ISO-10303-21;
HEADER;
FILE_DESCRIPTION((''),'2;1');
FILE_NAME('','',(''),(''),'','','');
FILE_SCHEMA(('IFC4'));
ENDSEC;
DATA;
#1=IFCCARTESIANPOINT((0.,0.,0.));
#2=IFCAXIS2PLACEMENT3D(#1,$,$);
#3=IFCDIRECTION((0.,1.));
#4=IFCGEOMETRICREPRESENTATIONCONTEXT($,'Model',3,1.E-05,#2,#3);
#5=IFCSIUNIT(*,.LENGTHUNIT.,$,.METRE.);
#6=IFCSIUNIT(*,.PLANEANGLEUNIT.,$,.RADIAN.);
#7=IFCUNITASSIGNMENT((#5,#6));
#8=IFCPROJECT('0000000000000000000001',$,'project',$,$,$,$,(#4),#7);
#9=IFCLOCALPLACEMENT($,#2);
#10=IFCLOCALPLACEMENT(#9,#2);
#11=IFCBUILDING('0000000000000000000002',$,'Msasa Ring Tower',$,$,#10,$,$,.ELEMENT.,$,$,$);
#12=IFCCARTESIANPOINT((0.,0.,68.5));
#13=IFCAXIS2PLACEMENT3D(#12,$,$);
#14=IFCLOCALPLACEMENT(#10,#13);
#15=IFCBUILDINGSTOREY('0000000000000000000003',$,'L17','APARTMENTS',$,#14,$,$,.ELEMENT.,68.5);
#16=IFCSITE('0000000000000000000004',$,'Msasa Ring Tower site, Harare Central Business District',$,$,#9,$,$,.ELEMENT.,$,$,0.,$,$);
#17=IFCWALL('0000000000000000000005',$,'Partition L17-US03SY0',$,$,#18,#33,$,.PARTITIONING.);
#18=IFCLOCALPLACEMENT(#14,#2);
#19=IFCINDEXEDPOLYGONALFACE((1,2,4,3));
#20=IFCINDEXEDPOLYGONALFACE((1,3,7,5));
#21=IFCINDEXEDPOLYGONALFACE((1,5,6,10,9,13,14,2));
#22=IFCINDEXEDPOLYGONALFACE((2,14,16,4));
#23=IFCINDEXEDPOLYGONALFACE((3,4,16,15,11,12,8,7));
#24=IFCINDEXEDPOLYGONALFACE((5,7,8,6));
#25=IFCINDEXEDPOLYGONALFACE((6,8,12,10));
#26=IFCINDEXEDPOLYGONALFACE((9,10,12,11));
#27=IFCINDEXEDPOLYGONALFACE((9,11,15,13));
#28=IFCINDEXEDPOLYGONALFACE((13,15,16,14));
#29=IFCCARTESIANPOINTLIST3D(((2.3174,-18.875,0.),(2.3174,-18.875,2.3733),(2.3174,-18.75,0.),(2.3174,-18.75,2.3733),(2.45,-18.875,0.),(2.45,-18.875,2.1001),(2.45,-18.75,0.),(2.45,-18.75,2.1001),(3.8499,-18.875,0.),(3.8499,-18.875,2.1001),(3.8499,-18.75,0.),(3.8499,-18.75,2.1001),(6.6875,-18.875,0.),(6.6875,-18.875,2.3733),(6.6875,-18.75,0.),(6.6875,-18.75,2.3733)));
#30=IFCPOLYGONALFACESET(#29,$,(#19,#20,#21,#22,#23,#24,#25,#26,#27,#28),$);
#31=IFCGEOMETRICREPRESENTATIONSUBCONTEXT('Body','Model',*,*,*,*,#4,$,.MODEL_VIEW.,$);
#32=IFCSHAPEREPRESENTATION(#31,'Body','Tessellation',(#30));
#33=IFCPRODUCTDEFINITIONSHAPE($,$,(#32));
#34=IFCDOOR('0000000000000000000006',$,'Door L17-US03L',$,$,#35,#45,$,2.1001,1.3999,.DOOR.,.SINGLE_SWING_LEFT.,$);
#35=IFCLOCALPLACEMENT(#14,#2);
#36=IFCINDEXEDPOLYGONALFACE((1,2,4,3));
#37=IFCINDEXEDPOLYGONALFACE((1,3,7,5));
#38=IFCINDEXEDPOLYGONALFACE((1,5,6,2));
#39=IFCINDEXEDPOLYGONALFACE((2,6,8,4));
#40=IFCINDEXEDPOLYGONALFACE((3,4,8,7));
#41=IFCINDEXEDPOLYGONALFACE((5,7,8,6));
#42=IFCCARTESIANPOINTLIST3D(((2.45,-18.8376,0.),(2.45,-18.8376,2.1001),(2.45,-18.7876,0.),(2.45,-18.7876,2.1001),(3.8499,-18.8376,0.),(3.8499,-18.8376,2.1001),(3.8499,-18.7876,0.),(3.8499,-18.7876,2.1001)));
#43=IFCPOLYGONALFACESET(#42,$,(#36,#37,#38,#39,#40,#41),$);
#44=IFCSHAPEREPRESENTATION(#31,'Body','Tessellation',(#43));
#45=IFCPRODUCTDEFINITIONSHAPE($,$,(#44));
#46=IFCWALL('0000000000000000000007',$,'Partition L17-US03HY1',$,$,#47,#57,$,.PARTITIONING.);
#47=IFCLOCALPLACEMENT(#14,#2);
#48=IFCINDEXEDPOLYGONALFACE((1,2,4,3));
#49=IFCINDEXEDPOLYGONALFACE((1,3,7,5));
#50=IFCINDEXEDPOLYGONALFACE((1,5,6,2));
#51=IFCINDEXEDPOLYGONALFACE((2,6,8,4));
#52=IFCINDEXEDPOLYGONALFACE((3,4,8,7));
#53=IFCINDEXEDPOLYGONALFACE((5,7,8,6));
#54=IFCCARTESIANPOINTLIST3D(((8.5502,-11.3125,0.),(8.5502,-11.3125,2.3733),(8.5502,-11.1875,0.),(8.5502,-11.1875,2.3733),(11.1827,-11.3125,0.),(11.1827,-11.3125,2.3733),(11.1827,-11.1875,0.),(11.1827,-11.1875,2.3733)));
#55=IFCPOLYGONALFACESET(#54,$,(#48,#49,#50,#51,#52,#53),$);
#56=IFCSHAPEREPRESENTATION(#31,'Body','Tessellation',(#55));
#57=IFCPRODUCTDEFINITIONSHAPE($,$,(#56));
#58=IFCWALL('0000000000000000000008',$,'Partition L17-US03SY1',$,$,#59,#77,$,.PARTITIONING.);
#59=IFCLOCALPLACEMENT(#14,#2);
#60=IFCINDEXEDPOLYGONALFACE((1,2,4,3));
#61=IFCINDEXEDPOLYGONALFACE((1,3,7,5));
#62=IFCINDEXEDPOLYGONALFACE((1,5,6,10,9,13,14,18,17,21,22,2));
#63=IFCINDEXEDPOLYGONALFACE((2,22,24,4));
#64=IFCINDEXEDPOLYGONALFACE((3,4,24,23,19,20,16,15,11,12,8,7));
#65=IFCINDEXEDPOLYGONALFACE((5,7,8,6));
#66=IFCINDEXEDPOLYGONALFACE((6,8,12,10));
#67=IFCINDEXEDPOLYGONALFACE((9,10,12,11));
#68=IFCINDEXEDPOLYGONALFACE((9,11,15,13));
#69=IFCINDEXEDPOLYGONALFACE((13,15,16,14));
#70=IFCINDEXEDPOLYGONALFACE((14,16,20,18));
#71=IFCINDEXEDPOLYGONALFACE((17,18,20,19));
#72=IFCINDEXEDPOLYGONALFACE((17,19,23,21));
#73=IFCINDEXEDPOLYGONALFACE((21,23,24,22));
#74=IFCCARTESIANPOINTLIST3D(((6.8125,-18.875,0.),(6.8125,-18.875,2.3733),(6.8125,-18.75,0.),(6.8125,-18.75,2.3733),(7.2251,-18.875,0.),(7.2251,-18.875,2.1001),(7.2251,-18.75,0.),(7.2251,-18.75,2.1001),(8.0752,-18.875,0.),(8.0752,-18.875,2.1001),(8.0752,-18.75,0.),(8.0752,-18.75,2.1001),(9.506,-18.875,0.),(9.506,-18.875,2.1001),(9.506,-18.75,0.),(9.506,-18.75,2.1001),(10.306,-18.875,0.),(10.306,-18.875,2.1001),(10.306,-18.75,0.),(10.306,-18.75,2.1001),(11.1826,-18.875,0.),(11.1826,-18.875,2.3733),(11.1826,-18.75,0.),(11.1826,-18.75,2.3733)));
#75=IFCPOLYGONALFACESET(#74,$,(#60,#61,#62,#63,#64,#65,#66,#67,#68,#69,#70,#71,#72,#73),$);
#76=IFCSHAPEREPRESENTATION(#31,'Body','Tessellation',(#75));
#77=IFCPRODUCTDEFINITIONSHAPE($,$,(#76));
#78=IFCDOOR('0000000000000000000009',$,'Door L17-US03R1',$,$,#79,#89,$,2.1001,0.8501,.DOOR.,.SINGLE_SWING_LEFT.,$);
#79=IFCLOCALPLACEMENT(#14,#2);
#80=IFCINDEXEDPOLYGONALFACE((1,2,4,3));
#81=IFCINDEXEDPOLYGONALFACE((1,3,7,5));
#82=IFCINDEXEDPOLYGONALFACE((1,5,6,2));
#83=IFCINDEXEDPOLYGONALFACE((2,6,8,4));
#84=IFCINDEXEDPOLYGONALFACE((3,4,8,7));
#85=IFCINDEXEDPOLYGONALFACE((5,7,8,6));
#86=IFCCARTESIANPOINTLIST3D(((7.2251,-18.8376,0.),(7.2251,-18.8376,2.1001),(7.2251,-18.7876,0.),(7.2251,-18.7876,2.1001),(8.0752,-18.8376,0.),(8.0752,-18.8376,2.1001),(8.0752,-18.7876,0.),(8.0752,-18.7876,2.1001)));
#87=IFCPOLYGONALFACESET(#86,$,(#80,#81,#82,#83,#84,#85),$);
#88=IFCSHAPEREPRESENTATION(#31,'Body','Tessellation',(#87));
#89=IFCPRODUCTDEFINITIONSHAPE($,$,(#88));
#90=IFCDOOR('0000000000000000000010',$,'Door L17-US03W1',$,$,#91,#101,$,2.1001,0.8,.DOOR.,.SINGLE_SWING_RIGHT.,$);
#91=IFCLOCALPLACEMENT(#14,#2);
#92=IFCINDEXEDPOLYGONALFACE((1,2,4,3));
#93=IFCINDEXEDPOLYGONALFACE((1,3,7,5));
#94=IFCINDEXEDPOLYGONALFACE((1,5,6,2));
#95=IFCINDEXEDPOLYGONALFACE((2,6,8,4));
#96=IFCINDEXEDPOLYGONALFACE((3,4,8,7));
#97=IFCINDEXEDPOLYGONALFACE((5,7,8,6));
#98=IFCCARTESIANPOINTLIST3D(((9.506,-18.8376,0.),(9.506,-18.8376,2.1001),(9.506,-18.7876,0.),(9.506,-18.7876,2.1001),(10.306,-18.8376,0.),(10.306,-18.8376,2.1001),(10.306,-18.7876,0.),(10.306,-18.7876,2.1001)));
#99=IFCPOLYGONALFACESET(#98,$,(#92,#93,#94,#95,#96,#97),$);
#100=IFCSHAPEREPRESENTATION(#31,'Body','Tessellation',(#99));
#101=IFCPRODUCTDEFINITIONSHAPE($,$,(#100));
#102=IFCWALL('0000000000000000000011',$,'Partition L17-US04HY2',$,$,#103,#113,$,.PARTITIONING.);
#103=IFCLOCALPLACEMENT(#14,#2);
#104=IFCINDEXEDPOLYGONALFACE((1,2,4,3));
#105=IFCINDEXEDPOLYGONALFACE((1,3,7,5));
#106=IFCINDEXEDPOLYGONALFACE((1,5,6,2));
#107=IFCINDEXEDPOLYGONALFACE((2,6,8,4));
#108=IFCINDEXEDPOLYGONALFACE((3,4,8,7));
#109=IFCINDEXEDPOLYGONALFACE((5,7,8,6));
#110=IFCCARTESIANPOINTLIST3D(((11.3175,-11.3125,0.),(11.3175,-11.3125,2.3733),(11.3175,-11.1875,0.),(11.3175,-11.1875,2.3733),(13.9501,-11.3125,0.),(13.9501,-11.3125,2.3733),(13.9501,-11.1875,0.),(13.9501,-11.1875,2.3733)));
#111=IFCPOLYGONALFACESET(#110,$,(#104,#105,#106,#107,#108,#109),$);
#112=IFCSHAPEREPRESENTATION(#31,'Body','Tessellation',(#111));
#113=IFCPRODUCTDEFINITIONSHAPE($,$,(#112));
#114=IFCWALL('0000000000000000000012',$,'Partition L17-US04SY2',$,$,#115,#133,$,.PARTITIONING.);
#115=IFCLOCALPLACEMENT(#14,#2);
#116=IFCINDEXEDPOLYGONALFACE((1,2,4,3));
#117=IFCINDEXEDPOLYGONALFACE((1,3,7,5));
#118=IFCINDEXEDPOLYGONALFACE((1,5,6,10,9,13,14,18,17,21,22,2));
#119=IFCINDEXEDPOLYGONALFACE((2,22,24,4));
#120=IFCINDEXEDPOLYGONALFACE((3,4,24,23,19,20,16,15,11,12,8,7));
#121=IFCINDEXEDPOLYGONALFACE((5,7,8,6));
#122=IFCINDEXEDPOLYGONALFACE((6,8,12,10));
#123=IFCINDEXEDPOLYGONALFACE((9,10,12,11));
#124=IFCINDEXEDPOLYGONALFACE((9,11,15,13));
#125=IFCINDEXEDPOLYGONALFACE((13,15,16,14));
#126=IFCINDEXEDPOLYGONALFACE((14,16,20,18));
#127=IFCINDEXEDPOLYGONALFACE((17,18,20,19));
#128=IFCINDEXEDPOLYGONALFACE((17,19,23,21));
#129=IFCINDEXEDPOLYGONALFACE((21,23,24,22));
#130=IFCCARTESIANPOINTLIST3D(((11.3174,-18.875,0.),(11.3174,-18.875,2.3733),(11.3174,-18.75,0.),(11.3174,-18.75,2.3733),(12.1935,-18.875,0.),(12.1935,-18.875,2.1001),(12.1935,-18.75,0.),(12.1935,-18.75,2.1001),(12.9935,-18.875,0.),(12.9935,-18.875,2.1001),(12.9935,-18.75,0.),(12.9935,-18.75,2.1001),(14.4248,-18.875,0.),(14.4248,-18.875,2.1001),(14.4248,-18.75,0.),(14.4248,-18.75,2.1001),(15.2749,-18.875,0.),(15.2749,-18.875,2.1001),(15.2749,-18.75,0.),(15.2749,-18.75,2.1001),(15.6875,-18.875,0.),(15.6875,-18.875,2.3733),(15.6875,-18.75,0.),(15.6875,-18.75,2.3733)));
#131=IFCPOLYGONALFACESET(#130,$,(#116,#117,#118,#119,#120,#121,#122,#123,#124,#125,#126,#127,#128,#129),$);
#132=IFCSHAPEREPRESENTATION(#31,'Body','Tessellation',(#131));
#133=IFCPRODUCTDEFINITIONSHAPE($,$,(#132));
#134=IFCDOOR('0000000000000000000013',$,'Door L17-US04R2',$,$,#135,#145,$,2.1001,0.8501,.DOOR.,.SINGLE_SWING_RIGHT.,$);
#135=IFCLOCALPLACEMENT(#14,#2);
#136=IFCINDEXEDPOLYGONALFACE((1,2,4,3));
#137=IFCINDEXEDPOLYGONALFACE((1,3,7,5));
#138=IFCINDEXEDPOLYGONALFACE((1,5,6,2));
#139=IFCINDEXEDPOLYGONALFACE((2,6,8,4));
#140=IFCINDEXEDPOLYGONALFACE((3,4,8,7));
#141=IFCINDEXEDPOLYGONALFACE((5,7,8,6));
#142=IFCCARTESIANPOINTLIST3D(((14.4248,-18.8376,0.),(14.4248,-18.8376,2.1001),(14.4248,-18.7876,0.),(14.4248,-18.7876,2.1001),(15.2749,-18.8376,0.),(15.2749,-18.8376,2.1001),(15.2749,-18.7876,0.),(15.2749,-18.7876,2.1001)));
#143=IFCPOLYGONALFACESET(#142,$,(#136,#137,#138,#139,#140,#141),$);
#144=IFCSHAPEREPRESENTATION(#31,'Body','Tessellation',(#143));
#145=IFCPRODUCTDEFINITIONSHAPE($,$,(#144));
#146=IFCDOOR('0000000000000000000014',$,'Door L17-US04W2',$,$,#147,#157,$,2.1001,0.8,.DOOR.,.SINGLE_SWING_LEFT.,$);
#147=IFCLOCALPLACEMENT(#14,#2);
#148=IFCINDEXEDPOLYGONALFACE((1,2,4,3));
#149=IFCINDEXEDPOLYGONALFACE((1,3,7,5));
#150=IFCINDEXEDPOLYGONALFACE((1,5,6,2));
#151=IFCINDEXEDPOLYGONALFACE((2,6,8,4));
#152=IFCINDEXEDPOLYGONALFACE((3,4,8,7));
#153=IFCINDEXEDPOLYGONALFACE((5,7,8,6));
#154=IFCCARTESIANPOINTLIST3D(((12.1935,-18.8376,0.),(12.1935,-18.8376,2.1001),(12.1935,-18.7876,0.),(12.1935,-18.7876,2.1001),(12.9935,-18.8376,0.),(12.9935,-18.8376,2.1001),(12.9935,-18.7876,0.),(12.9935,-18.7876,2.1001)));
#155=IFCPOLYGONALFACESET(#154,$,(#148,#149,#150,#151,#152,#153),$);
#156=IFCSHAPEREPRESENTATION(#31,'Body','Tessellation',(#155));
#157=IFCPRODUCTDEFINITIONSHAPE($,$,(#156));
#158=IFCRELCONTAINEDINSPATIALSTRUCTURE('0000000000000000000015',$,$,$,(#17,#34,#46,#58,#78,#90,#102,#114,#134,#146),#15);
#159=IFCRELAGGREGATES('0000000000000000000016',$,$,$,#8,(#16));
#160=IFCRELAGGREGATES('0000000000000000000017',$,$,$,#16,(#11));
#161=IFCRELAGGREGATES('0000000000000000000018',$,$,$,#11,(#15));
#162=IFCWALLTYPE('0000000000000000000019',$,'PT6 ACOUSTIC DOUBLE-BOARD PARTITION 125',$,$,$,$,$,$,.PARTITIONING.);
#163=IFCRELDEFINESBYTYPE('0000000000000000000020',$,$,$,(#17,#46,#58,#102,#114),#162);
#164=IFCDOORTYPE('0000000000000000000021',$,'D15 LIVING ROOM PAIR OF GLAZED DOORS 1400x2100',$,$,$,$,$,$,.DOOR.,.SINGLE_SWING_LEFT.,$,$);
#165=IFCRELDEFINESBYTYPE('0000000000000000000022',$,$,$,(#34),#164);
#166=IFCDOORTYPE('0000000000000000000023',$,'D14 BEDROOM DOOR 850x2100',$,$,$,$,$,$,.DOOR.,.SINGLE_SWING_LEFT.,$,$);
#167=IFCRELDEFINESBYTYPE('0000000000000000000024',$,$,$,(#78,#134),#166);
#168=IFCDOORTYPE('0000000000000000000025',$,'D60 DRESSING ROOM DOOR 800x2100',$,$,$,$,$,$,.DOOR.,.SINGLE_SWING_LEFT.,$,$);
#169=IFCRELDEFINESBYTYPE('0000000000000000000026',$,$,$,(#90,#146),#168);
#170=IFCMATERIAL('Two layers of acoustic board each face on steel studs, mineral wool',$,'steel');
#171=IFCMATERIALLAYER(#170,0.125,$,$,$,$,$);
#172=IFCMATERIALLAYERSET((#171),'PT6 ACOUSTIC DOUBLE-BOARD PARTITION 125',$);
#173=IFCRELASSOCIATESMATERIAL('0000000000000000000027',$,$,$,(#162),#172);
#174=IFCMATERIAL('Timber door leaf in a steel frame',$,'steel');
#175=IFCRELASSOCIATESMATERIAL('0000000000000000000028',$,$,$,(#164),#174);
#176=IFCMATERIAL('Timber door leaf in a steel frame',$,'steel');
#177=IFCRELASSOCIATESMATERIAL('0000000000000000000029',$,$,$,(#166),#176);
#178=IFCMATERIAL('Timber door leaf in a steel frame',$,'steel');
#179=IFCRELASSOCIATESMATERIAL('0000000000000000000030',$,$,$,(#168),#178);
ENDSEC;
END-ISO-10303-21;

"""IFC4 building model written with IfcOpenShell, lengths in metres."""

from ifc_helpers import new_model, si_unit, direction, frame, frame_2d, origin, place, context, subcontext, project, spatial, rectangle, extrude, material, layer, layer_set, type_object, element, fill, save


model = new_model("IFC4")

# Units and contexts
model_context = context("Model", 3, precision=1e-05, world=origin(), true_north=direction((0.0, 1.0)))
body_context = subcontext(model_context, "Body", "Model", "MODEL_VIEW")
ifc_project = project(units=[si_unit("LENGTHUNIT", "METRE"), si_unit("PLANEANGLEUNIT", "RADIAN")], contexts=[model_context])

# Site, building, storey
site_placement = place(None, origin())
site = spatial("IfcSite", under=ifc_project, at=site_placement, Name="Msasa Ring Tower site, Harare Central Business District", CompositionType="ELEMENT", RefElevation=0.0)
building_placement = place(site_placement, origin())
building = spatial("IfcBuilding", under=site, at=building_placement, Name="Msasa Ring Tower", CompositionType="ELEMENT")
storey_placement = place(building_placement, frame((0.0, 0.0, 68.5)))
storey = spatial("IfcBuildingStorey", under=building, at=storey_placement, Name="L17", Description="APARTMENTS", CompositionType="ELEMENT", Elevation=68.5)

# Shared definitions
ifc_material_1 = material(Name="Two layers of acoustic board each face on steel studs, mineral wool", Category="steel")
ifc_layer_1 = layer(ifc_material_1, 0.125)
ifc_layer_set_1 = layer_set([ifc_layer_1], Name="PT6 ACOUSTIC DOUBLE-BOARD PARTITION 125")
wall_type_1 = type_object("IfcWallType", Name="PT6 ACOUSTIC DOUBLE-BOARD PARTITION 125", PredefinedType="PARTITIONING", material=ifc_layer_set_1)

# Wall, opening, door
wall_1_placement = place(storey_placement, frame((2.3174, -18.8125, 0.0), z_axis=(0.0, 0.0, 1.0), x_axis=(1.0, 0.0, 0.0)))
wall_1 = element("IfcWall", 1, at=wall_1_placement, inside=storey, type_object=wall_type_1, Name="Partition L17-US03SY0", PredefinedType="PARTITIONING", context=body_context, shape_type="SweptSolid", body=[
    extrude(rectangle(XDim=4.3701, YDim=0.125, at=frame_2d((2.1851, 0.0))), origin(), (0.0, 0.0, 1.0), 2.3733),
])
opening_1_placement = place(wall_1_placement, frame((0.1326, 0.0, 0.0)))
opening_1 = element("IfcOpeningElement", 2, at=opening_1_placement, cuts=wall_1, PredefinedType="OPENING", context=body_context, shape_type="SweptSolid", body=[
    extrude(rectangle(XDim=1.3999, YDim=2.1001, at=frame_2d((0.7, 1.05))), frame((0.0, 0.0725, 0.0), z_axis=(0.0, -1.0, 0.0), x_axis=(1.0, 0.0, 0.0)), (0.0, 0.0, 1.0), 0.145),
])
ifc_material_2 = material(Name="Timber door leaf in a steel frame", Category="steel")
door_type_1 = type_object("IfcDoorType", Name="D15 LIVING ROOM PAIR OF GLAZED DOORS 1400x2100", OperationType="SINGLE_SWING_LEFT", PredefinedType="DOOR", material=ifc_material_2)
door_1_placement = place(opening_1_placement, origin())
door_1 = element("IfcDoor", 3, at=door_1_placement, inside=storey, type_object=door_type_1, Name="Door L17-US03L", OperationType="SINGLE_SWING_LEFT", OverallHeight=2.1001, OverallWidth=1.3999, PredefinedType="DOOR", context=body_context, shape_type="SweptSolid", body=[
    extrude(rectangle(XDim=1.3999, YDim=2.1001, at=frame_2d((0.7, 1.05))), frame((0.0, 0.0249, 0.0), z_axis=(0.0, -1.0, 0.0), x_axis=(1.0, 0.0, 0.0)), (0.0, 0.0, 1.0), 0.05),
])
fill(opening_1, door_1)

# Wall
wall_2_placement = place(storey_placement, frame((8.55, -11.25, 0.0), z_axis=(0.0, 0.0, 1.0), x_axis=(1.0, 0.0, 0.0)))
element("IfcWall", 4, at=wall_2_placement, inside=storey, type_object=wall_type_1, Name="Partition L17-US03HY1", PredefinedType="PARTITIONING", context=body_context, shape_type="SweptSolid", body=[
    extrude(rectangle(XDim=2.6326, YDim=0.125, at=frame_2d((1.3164, 0.0))), origin(), (0.0, 0.0, 1.0), 2.3733),
])

# Wall, openings, doors
wall_3_placement = place(storey_placement, frame((6.8125, -18.8125, 0.0), z_axis=(0.0, 0.0, 1.0), x_axis=(1.0, 0.0, 0.0)))
wall_3 = element("IfcWall", 5, at=wall_3_placement, inside=storey, type_object=wall_type_1, Name="Partition L17-US03SY1", PredefinedType="PARTITIONING", context=body_context, shape_type="SweptSolid", body=[
    extrude(rectangle(XDim=4.3701, YDim=0.125, at=frame_2d((2.1851, 0.0))), origin(), (0.0, 0.0, 1.0), 2.3733),
])
opening_2_placement = place(wall_3_placement, frame((0.4126, 0.0, 0.0)))
opening_2 = element("IfcOpeningElement", 6, at=opening_2_placement, cuts=wall_3, PredefinedType="OPENING", context=body_context, shape_type="SweptSolid", body=[
    extrude(rectangle(XDim=0.8501, YDim=2.1001, at=frame_2d((0.425, 1.05))), frame((0.0, 0.0725, 0.0), z_axis=(0.0, -1.0, 0.0), x_axis=(1.0, 0.0, 0.0)), (0.0, 0.0, 1.0), 0.145),
])
opening_3_placement = place(wall_3_placement, frame((2.6936, 0.0, 0.0)))
opening_3 = element("IfcOpeningElement", 7, at=opening_3_placement, cuts=wall_3, PredefinedType="OPENING", context=body_context, shape_type="SweptSolid", body=[
    extrude(rectangle(XDim=0.8, YDim=2.1001, at=frame_2d((0.3999, 1.05))), frame((0.0, 0.0725, 0.0), z_axis=(0.0, -1.0, 0.0), x_axis=(1.0, 0.0, 0.0)), (0.0, 0.0, 1.0), 0.145),
])
ifc_material_3 = material(Name="Timber door leaf in a steel frame", Category="steel")
door_type_2 = type_object("IfcDoorType", Name="D14 BEDROOM DOOR 850x2100", OperationType="SINGLE_SWING_LEFT", PredefinedType="DOOR", material=ifc_material_3)
door_2_placement = place(opening_2_placement, origin())
door_2 = element("IfcDoor", 8, at=door_2_placement, inside=storey, type_object=door_type_2, Name="Door L17-US03R1", OperationType="SINGLE_SWING_LEFT", OverallHeight=2.1001, OverallWidth=0.8501, PredefinedType="DOOR", context=body_context, shape_type="SweptSolid", body=[
    extrude(rectangle(XDim=0.8501, YDim=2.1001, at=frame_2d((0.425, 1.05))), frame((0.0, 0.0249, 0.0), z_axis=(0.0, -1.0, 0.0), x_axis=(1.0, 0.0, 0.0)), (0.0, 0.0, 1.0), 0.05),
])
fill(opening_2, door_2)
ifc_material_4 = material(Name="Timber door leaf in a steel frame", Category="steel")
door_type_3 = type_object("IfcDoorType", Name="D60 DRESSING ROOM DOOR 800x2100", OperationType="SINGLE_SWING_LEFT", PredefinedType="DOOR", material=ifc_material_4)
door_3_placement = place(opening_3_placement, origin())
door_3 = element("IfcDoor", 9, at=door_3_placement, inside=storey, type_object=door_type_3, Name="Door L17-US03W1", OperationType="SINGLE_SWING_RIGHT", OverallHeight=2.1001, OverallWidth=0.8, PredefinedType="DOOR", context=body_context, shape_type="SweptSolid", body=[
    extrude(rectangle(XDim=0.8, YDim=2.1001, at=frame_2d((0.3999, 1.05))), frame((0.0, 0.0249, 0.0), z_axis=(0.0, -1.0, 0.0), x_axis=(1.0, 0.0, 0.0)), (0.0, 0.0, 1.0), 0.05),
])
fill(opening_3, door_3)

# Wall
wall_4_placement = place(storey_placement, frame((11.3174, -11.25, 0.0), z_axis=(0.0, 0.0, 1.0), x_axis=(1.0, 0.0, 0.0)))
element("IfcWall", 10, at=wall_4_placement, inside=storey, type_object=wall_type_1, Name="Partition L17-US04HY2", PredefinedType="PARTITIONING", context=body_context, shape_type="SweptSolid", body=[
    extrude(rectangle(XDim=2.6326, YDim=0.125, at=frame_2d((1.3164, 0.0))), origin(), (0.0, 0.0, 1.0), 2.3733),
])

# Wall, openings, doors
wall_5_placement = place(storey_placement, frame((11.3174, -18.8125, 0.0), z_axis=(0.0, 0.0, 1.0), x_axis=(1.0, 0.0, 0.0)))
wall_5 = element("IfcWall", 11, at=wall_5_placement, inside=storey, type_object=wall_type_1, Name="Partition L17-US04SY2", PredefinedType="PARTITIONING", context=body_context, shape_type="SweptSolid", body=[
    extrude(rectangle(XDim=4.3701, YDim=0.125, at=frame_2d((2.1851, 0.0))), origin(), (0.0, 0.0, 1.0), 2.3733),
])
opening_4_placement = place(wall_5_placement, frame((3.1074, 0.0, 0.0)))
opening_4 = element("IfcOpeningElement", 12, at=opening_4_placement, cuts=wall_5, PredefinedType="OPENING", context=body_context, shape_type="SweptSolid", body=[
    extrude(rectangle(XDim=0.8501, YDim=2.1001, at=frame_2d((0.425, 1.05))), frame((0.0, 0.0725, 0.0), z_axis=(0.0, -1.0, 0.0), x_axis=(1.0, 0.0, 0.0)), (0.0, 0.0, 1.0), 0.145),
])
opening_5_placement = place(wall_5_placement, frame((0.8762, 0.0, 0.0)))
opening_5 = element("IfcOpeningElement", 13, at=opening_5_placement, cuts=wall_5, PredefinedType="OPENING", context=body_context, shape_type="SweptSolid", body=[
    extrude(rectangle(XDim=0.8, YDim=2.1001, at=frame_2d((0.3999, 1.05))), frame((0.0, 0.0725, 0.0), z_axis=(0.0, -1.0, 0.0), x_axis=(1.0, 0.0, 0.0)), (0.0, 0.0, 1.0), 0.145),
])
door_4_placement = place(opening_4_placement, origin())
door_4 = element("IfcDoor", 14, at=door_4_placement, inside=storey, type_object=door_type_2, Name="Door L17-US04R2", OperationType="SINGLE_SWING_RIGHT", OverallHeight=2.1001, OverallWidth=0.8501, PredefinedType="DOOR", context=body_context, shape_type="SweptSolid", body=[
    extrude(rectangle(XDim=0.8501, YDim=2.1001, at=frame_2d((0.425, 1.05))), frame((0.0, 0.0249, 0.0), z_axis=(0.0, -1.0, 0.0), x_axis=(1.0, 0.0, 0.0)), (0.0, 0.0, 1.0), 0.05),
])
fill(opening_4, door_4)
door_5_placement = place(opening_5_placement, origin())
door_5 = element("IfcDoor", 15, at=door_5_placement, inside=storey, type_object=door_type_3, Name="Door L17-US04W2", OperationType="SINGLE_SWING_LEFT", OverallHeight=2.1001, OverallWidth=0.8, PredefinedType="DOOR", context=body_context, shape_type="SweptSolid", body=[
    extrude(rectangle(XDim=0.8, YDim=2.1001, at=frame_2d((0.3999, 1.05))), frame((0.0, 0.0249, 0.0), z_axis=(0.0, -1.0, 0.0), x_axis=(1.0, 0.0, 0.0)), (0.0, 0.0, 1.0), 0.05),
])
fill(opening_5, door_5)

save(model, "model.ifc")
